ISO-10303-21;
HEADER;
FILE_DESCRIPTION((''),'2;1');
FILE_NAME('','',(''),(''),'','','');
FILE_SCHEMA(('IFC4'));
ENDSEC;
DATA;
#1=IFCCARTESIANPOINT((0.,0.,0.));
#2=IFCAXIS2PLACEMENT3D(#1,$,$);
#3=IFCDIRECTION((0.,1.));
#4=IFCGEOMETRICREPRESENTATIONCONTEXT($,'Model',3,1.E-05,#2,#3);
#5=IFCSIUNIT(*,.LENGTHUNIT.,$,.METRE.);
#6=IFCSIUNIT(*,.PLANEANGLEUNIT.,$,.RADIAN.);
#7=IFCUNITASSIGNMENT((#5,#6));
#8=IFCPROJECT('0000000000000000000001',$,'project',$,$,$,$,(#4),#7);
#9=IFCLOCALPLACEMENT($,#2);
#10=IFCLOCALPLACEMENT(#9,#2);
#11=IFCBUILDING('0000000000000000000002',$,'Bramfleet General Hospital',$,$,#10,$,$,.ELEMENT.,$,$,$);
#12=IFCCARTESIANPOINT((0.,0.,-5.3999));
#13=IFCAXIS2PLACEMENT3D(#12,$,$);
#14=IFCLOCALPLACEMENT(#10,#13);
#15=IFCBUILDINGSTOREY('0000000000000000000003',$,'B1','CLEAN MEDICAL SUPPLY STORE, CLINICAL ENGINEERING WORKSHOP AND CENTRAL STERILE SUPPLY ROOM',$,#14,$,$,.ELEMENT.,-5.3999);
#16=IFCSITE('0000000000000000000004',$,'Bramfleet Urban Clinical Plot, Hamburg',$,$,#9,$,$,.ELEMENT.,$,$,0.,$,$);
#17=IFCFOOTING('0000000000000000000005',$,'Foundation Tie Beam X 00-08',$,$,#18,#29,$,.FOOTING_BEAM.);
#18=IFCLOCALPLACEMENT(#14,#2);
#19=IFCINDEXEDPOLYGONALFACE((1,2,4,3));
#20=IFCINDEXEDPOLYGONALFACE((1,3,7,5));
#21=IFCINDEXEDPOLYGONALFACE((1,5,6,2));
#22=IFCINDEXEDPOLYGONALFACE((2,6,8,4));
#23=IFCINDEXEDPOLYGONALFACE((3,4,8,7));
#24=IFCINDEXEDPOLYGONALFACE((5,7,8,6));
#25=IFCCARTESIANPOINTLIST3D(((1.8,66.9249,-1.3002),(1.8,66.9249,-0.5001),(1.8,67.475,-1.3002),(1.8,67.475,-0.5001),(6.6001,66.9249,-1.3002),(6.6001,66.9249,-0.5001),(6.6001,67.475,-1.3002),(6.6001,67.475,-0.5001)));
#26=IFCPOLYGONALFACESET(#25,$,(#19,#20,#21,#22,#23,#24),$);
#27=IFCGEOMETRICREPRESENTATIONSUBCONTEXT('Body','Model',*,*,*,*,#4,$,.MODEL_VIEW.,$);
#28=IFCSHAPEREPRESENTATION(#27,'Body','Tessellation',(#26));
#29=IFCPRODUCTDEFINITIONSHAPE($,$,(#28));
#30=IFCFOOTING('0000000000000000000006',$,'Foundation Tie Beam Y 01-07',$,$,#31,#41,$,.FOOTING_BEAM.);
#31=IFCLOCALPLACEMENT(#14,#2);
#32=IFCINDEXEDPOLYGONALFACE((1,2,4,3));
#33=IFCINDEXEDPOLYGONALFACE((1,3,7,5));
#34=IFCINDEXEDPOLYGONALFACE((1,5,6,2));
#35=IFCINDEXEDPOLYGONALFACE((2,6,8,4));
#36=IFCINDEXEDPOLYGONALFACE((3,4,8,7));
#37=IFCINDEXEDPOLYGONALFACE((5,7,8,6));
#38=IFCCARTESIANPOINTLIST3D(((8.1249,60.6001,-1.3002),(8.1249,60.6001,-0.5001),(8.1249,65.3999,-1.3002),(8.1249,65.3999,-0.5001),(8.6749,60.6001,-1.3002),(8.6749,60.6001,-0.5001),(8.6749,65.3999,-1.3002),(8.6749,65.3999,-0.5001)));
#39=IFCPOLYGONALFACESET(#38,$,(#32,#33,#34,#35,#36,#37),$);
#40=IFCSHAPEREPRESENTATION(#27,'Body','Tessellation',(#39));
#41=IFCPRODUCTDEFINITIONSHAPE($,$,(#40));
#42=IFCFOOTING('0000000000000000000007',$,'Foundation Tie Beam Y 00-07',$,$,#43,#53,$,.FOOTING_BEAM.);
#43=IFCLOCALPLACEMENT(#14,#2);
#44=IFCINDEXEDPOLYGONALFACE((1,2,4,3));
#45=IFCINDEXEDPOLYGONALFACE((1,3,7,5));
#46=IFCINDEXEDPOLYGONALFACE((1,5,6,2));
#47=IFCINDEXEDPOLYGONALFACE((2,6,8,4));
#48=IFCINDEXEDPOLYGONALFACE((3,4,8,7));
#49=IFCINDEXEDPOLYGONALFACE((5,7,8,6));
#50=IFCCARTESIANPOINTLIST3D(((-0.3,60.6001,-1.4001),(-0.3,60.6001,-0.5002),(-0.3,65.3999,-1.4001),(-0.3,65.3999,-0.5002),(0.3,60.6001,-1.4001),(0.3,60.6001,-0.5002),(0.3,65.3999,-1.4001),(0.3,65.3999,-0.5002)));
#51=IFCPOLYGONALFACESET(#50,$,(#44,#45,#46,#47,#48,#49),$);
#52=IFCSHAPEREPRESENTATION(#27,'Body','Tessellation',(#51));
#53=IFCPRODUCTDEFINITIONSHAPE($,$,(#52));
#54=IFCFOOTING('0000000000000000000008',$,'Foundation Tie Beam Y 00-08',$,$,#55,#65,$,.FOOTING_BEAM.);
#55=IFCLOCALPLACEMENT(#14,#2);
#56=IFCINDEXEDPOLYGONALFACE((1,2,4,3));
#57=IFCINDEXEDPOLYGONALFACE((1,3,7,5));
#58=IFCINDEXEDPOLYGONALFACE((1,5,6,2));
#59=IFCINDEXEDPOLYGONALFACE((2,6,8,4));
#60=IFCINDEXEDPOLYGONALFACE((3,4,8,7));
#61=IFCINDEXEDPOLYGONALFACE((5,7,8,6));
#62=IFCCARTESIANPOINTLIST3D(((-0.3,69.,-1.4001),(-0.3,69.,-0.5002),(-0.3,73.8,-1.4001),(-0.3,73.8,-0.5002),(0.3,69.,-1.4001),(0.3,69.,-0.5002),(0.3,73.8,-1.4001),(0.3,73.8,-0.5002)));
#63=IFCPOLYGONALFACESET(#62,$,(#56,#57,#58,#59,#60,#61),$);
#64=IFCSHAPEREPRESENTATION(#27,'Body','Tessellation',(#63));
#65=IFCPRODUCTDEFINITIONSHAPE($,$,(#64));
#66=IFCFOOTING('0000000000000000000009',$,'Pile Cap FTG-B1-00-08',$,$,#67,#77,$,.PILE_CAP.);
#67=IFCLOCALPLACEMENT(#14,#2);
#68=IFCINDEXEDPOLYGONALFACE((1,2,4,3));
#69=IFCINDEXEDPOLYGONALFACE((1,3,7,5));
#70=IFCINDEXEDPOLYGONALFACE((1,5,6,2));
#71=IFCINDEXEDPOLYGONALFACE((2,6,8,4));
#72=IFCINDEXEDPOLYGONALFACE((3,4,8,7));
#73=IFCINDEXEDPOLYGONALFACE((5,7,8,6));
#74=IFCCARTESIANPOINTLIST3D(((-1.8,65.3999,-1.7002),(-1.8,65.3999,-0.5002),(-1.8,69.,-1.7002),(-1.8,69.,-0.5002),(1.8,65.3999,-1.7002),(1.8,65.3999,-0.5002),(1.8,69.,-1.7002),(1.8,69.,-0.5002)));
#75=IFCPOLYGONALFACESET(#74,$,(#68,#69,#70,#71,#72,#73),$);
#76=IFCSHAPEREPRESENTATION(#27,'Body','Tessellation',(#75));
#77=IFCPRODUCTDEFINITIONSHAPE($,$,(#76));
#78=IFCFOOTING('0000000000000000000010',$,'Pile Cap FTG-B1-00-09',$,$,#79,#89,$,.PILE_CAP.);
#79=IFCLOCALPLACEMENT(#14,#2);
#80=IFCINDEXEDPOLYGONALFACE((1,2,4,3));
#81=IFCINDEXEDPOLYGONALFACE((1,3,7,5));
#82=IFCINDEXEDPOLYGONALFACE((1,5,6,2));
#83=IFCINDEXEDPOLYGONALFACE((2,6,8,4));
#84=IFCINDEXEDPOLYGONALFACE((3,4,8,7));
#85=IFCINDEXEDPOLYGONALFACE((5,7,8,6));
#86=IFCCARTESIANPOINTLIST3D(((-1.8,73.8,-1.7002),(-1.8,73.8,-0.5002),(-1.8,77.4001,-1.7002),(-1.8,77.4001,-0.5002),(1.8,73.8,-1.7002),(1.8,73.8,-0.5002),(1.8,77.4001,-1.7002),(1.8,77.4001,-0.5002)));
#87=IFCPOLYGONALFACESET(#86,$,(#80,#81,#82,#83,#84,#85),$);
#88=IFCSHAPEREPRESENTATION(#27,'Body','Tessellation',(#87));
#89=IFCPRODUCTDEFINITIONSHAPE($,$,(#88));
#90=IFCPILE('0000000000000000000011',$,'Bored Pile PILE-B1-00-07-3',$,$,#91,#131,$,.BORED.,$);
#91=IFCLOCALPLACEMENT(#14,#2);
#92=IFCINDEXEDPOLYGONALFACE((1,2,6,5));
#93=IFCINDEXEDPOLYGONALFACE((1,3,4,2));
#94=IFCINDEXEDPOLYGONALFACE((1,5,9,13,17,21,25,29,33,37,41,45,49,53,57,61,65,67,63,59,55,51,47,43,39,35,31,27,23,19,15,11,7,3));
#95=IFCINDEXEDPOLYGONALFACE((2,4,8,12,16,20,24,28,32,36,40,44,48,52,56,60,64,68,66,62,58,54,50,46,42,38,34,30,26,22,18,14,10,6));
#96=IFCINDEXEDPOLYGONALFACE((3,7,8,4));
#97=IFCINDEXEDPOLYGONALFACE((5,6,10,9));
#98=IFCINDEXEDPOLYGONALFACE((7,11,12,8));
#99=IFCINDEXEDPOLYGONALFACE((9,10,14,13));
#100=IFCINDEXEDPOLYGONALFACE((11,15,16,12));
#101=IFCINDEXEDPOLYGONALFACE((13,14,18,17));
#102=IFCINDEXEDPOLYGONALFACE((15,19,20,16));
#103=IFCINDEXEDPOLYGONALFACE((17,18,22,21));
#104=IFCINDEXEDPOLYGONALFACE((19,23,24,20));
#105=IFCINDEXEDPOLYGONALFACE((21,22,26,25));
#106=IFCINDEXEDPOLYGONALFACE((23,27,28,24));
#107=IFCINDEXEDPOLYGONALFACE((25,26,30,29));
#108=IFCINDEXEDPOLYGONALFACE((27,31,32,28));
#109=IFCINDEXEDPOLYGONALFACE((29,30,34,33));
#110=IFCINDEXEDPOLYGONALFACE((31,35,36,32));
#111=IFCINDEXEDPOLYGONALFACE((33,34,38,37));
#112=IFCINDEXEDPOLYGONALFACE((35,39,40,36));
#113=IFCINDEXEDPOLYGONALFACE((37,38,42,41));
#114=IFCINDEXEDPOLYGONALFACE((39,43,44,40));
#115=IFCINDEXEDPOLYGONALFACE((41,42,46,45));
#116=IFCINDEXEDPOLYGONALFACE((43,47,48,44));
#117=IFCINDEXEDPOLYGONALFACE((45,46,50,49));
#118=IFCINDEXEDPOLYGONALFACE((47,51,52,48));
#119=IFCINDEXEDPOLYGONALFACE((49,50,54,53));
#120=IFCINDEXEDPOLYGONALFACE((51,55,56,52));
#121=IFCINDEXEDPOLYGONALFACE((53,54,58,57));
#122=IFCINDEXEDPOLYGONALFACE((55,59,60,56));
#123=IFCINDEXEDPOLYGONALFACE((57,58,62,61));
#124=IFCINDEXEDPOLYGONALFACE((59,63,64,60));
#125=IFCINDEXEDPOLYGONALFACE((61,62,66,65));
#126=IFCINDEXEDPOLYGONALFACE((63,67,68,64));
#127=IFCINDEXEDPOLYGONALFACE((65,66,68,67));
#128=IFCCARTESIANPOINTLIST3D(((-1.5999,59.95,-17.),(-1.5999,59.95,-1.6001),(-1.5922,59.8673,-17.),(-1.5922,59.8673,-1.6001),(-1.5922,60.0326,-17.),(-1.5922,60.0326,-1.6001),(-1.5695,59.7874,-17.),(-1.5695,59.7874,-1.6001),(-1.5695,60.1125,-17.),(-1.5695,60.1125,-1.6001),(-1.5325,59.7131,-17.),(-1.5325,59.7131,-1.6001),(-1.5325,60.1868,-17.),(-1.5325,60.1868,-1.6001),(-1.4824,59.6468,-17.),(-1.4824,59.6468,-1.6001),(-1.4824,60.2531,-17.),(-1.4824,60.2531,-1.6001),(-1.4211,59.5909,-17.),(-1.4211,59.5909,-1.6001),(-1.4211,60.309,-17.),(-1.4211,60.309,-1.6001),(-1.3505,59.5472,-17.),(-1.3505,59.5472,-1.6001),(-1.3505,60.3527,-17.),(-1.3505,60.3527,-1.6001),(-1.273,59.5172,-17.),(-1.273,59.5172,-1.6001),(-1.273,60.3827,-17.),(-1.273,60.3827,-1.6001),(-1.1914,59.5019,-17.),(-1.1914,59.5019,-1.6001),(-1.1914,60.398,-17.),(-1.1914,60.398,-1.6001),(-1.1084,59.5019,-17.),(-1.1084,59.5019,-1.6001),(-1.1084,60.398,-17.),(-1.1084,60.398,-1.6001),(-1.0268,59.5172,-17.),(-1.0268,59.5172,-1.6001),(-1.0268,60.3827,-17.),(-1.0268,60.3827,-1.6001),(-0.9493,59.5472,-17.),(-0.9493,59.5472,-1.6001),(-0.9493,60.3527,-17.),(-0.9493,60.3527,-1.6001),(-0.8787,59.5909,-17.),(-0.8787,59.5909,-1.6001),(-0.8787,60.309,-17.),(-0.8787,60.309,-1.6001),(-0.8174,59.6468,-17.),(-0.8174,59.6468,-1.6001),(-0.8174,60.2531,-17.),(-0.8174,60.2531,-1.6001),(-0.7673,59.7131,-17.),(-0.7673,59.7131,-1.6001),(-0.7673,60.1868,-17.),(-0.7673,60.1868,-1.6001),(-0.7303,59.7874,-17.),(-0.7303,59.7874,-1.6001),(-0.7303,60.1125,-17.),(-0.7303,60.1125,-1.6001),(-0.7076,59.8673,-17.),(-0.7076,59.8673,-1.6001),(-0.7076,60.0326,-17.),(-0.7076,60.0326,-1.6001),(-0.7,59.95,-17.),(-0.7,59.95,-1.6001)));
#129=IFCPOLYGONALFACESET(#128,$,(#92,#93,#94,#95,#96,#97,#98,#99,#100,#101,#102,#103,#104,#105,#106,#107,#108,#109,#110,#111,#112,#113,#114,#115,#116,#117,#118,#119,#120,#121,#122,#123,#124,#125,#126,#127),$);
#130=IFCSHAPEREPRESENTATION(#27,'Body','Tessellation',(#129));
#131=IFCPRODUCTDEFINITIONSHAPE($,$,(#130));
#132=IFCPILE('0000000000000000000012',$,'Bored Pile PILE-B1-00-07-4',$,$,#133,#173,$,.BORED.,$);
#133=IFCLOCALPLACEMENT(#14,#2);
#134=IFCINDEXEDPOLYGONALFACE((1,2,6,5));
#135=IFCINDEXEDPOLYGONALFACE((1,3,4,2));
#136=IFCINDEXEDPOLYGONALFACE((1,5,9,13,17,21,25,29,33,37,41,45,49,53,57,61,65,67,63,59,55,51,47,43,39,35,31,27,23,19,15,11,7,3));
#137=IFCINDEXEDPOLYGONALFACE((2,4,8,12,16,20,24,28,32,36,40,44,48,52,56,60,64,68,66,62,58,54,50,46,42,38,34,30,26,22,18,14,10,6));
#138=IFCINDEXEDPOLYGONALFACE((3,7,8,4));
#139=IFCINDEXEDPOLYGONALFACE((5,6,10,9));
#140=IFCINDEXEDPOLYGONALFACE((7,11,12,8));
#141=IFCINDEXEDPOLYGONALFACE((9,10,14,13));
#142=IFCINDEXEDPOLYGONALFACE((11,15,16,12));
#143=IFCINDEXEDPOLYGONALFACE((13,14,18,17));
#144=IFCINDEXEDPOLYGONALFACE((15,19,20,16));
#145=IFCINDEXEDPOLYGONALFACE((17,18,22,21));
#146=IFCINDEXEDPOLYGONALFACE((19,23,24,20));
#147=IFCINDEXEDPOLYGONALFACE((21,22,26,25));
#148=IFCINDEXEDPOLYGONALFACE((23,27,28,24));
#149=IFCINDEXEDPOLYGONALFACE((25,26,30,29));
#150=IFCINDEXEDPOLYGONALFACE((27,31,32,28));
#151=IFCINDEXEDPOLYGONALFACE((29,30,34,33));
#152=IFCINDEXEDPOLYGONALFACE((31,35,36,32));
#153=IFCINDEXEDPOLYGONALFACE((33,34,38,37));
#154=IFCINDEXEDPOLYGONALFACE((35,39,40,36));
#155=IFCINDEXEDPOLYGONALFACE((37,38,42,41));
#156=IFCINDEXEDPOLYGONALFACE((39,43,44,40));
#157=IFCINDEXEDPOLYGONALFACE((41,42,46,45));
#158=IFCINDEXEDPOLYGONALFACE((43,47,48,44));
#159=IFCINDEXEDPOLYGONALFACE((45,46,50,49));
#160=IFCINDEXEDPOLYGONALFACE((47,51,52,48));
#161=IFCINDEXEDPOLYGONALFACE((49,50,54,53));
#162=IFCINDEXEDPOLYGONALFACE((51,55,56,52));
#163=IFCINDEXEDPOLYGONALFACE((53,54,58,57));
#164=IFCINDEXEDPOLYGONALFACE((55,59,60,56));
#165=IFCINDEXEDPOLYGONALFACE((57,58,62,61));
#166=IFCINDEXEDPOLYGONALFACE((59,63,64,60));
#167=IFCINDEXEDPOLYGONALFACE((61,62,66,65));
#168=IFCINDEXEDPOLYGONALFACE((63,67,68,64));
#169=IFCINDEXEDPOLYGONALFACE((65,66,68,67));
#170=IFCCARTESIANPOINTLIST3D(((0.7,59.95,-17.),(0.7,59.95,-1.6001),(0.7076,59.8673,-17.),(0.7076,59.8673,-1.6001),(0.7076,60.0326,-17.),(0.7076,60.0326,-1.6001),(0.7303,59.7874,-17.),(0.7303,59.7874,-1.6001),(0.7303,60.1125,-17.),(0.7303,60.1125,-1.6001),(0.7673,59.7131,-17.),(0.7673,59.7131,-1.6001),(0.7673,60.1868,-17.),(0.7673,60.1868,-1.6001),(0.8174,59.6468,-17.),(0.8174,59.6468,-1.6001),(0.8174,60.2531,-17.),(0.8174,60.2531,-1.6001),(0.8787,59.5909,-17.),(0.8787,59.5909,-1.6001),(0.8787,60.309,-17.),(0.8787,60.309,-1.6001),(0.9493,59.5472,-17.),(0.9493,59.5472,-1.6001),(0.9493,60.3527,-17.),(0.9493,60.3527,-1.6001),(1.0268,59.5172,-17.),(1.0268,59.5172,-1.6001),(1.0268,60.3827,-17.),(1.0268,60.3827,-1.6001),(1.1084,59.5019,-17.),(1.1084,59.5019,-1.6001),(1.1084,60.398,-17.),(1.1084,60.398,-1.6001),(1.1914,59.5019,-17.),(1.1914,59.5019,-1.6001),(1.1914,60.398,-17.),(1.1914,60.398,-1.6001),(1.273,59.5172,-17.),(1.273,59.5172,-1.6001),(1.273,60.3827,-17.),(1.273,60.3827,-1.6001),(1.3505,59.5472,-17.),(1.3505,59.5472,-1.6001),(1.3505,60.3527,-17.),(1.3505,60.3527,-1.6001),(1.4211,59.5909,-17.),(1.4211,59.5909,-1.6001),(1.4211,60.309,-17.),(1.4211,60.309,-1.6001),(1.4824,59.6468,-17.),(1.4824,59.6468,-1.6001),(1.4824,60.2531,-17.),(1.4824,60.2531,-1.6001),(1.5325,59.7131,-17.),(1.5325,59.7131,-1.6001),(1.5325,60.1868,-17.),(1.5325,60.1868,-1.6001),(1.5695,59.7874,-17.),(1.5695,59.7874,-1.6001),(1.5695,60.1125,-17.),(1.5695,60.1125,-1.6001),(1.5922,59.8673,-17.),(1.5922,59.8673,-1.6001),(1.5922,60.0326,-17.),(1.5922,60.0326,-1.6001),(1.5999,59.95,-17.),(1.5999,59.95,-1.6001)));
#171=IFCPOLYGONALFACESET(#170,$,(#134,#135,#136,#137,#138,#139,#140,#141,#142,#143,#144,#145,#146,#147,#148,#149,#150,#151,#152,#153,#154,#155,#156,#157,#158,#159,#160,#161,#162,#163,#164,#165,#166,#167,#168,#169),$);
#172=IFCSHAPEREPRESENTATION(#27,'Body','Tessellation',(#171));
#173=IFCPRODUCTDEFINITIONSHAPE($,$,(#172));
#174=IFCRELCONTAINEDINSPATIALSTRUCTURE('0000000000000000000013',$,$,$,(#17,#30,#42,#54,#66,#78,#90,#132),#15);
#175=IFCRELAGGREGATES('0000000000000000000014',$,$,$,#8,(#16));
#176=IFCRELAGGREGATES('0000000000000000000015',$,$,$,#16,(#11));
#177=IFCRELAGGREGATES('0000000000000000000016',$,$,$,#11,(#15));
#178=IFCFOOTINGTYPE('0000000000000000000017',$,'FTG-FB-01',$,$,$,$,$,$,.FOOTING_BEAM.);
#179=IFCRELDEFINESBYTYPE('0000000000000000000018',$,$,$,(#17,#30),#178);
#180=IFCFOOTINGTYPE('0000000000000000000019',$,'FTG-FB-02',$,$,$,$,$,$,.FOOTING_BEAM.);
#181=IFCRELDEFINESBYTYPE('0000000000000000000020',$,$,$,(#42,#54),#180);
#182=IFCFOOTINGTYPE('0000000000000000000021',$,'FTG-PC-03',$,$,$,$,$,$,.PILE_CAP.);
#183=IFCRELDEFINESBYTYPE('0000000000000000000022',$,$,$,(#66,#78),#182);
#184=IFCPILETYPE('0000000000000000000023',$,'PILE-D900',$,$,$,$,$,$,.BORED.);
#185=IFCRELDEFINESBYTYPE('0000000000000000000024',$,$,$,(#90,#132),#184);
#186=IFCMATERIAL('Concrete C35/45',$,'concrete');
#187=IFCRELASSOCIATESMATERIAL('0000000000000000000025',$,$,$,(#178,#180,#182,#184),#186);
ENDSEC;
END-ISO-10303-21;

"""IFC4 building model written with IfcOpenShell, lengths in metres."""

from ifc_helpers import new_model, si_unit, direction, frame, origin, origin_2d, place, context, subcontext, project, spatial, rectangle, circle, extrude, material, material_profile, profile_set, type_object, element, save


model = new_model("IFC4")

# Units and contexts
model_context = context("Model", 3, precision=1e-05, world=origin(), true_north=direction((0.0, 1.0)))
body_context = subcontext(model_context, "Body", "Model", "MODEL_VIEW")
ifc_project = project(units=[si_unit("LENGTHUNIT", "METRE"), si_unit("PLANEANGLEUNIT", "RADIAN")], contexts=[model_context])

# Site, building, storey
site_placement = place(None, origin())
site = spatial("IfcSite", under=ifc_project, at=site_placement, Name="Bramfleet Urban Clinical Plot, Hamburg", CompositionType="ELEMENT", RefElevation=0.0)
building_placement = place(site_placement, origin())
building = spatial("IfcBuilding", under=site, at=building_placement, Name="Bramfleet General Hospital", CompositionType="ELEMENT")
storey_placement = place(building_placement, frame((0.0, 0.0, -5.3999)))
storey = spatial("IfcBuildingStorey", under=building, at=storey_placement, Name="B1", Description="CLEAN MEDICAL SUPPLY STORE, CLINICAL ENGINEERING WORKSHOP AND CENTRAL STERILE SUPPLY ROOM", CompositionType="ELEMENT", Elevation=-5.3999)

# Footings
ifc_material_1 = material(Name="Concrete C35/45", Category="concrete")
ifc_material_profile_1 = material_profile(ifc_material_1, rectangle(XDim=0.55, YDim=0.8, at=origin_2d()), Name="RC FB 800x550")
ifc_profile_set_1 = profile_set([ifc_material_profile_1], Name="Concrete C35/45")
footing_type_1 = type_object("IfcFootingType", Name="FTG-FB-01", PredefinedType="FOOTING_BEAM", material=ifc_profile_set_1)
footing_1_placement = place(storey_placement, frame((1.8, 67.2, -0.9001), z_axis=(1.0, 0.0, 0.0), x_axis=(0.0, 1.0, 0.0)))
element("IfcFooting", 1, at=footing_1_placement, inside=storey, type_object=footing_type_1, Name="Foundation Tie Beam X 00-08", PredefinedType="FOOTING_BEAM", context=body_context, shape_type="SweptSolid", body=[
    extrude(rectangle(XDim=0.55, YDim=0.8, at=origin_2d()), origin(), (0.0, 0.0, 1.0), 4.8),
])
footing_2_placement = place(storey_placement, frame((8.3999, 60.6001, -0.9001), z_axis=(0.0, 1.0, 0.0), x_axis=(-1.0, 0.0, 0.0)))
element("IfcFooting", 2, at=footing_2_placement, inside=storey, type_object=footing_type_1, Name="Foundation Tie Beam Y 01-07", PredefinedType="FOOTING_BEAM", context=body_context, shape_type="SweptSolid", body=[
    extrude(rectangle(XDim=0.55, YDim=0.8, at=origin_2d()), origin(), (0.0, 0.0, 1.0), 4.7998),
])
ifc_material_profile_2 = material_profile(ifc_material_1, rectangle(XDim=0.6001, YDim=0.8999, at=origin_2d()), Name="RC FB 900x600")
ifc_profile_set_2 = profile_set([ifc_material_profile_2], Name="Concrete C35/45")
footing_type_2 = type_object("IfcFootingType", Name="FTG-FB-02", PredefinedType="FOOTING_BEAM", material=ifc_profile_set_2)
footing_3_placement = place(storey_placement, frame((0.0, 60.6001, -0.9502), z_axis=(0.0, 1.0, 0.0), x_axis=(-1.0, 0.0, 0.0)))
element("IfcFooting", 3, at=footing_3_placement, inside=storey, type_object=footing_type_2, Name="Foundation Tie Beam Y 00-07", PredefinedType="FOOTING_BEAM", context=body_context, shape_type="SweptSolid", body=[
    extrude(rectangle(XDim=0.6001, YDim=0.8999, at=origin_2d()), origin(), (0.0, 0.0, 1.0), 4.7998),
])
footing_4_placement = place(storey_placement, frame((0.0, 69.0, -0.9502), z_axis=(0.0, 1.0, 0.0), x_axis=(-1.0, 0.0, 0.0)))
element("IfcFooting", 4, at=footing_4_placement, inside=storey, type_object=footing_type_2, Name="Foundation Tie Beam Y 00-08", PredefinedType="FOOTING_BEAM", context=body_context, shape_type="SweptSolid", body=[
    extrude(rectangle(XDim=0.6001, YDim=0.8999, at=origin_2d()), origin(), (0.0, 0.0, 1.0), 4.8),
])
footing_type_3 = type_object("IfcFootingType", Name="FTG-PC-03", PredefinedType="PILE_CAP", material=ifc_material_1)
for number, where, z_axis, x_axis, name in (
    (5, (0.0, 67.2, -1.7002), (0.0, 0.0, 1.0), (1.0, 0.0, 0.0), "Pile Cap FTG-B1-00-08"),
    (6, (0.0, 75.6001, -1.7002), (0.0, 0.0, 1.0), (1.0, 0.0, 0.0), "Pile Cap FTG-B1-00-09"),
):
    element("IfcFooting", number, at=place(storey_placement, frame(where, z_axis=z_axis, x_axis=x_axis)), inside=storey, type_object=footing_type_3, Name=name, PredefinedType="PILE_CAP", context=body_context, shape_type="SweptSolid", body=[
        extrude(rectangle(XDim=3.6001, YDim=3.6001, at=origin_2d()), origin(), (0.0, 0.0, 1.0), 1.2),
    ])

# Piles
ifc_material_profile_3 = material_profile(ifc_material_1, circle(Radius=0.45, at=origin_2d()), Name="PILE BORED D900")
ifc_profile_set_3 = profile_set([ifc_material_profile_3], Name="Concrete C35/45")
pile_type = type_object("IfcPileType", Name="PILE-D900", PredefinedType="BORED", material=ifc_profile_set_3)
for number, where, z_axis, x_axis, name in (
    (7, (-1.1499, 59.95, -1.6001), (0.0, 0.0, -1.0), (1.0, 0.0, 0.0), "Bored Pile PILE-B1-00-07-3"),
    (8, (1.1499, 59.95, -1.6001), (0.0, 0.0, -1.0), (1.0, 0.0, 0.0), "Bored Pile PILE-B1-00-07-4"),
):
    element("IfcPile", number, at=place(storey_placement, frame(where, z_axis=z_axis, x_axis=x_axis)), inside=storey, type_object=pile_type, Name=name, PredefinedType="BORED", context=body_context, shape_type="SweptSolid", body=[
        extrude(circle(Radius=0.45, at=origin_2d()), origin(), (0.0, 0.0, 1.0), 15.3999),
    ])

save(model, "model.ifc")
